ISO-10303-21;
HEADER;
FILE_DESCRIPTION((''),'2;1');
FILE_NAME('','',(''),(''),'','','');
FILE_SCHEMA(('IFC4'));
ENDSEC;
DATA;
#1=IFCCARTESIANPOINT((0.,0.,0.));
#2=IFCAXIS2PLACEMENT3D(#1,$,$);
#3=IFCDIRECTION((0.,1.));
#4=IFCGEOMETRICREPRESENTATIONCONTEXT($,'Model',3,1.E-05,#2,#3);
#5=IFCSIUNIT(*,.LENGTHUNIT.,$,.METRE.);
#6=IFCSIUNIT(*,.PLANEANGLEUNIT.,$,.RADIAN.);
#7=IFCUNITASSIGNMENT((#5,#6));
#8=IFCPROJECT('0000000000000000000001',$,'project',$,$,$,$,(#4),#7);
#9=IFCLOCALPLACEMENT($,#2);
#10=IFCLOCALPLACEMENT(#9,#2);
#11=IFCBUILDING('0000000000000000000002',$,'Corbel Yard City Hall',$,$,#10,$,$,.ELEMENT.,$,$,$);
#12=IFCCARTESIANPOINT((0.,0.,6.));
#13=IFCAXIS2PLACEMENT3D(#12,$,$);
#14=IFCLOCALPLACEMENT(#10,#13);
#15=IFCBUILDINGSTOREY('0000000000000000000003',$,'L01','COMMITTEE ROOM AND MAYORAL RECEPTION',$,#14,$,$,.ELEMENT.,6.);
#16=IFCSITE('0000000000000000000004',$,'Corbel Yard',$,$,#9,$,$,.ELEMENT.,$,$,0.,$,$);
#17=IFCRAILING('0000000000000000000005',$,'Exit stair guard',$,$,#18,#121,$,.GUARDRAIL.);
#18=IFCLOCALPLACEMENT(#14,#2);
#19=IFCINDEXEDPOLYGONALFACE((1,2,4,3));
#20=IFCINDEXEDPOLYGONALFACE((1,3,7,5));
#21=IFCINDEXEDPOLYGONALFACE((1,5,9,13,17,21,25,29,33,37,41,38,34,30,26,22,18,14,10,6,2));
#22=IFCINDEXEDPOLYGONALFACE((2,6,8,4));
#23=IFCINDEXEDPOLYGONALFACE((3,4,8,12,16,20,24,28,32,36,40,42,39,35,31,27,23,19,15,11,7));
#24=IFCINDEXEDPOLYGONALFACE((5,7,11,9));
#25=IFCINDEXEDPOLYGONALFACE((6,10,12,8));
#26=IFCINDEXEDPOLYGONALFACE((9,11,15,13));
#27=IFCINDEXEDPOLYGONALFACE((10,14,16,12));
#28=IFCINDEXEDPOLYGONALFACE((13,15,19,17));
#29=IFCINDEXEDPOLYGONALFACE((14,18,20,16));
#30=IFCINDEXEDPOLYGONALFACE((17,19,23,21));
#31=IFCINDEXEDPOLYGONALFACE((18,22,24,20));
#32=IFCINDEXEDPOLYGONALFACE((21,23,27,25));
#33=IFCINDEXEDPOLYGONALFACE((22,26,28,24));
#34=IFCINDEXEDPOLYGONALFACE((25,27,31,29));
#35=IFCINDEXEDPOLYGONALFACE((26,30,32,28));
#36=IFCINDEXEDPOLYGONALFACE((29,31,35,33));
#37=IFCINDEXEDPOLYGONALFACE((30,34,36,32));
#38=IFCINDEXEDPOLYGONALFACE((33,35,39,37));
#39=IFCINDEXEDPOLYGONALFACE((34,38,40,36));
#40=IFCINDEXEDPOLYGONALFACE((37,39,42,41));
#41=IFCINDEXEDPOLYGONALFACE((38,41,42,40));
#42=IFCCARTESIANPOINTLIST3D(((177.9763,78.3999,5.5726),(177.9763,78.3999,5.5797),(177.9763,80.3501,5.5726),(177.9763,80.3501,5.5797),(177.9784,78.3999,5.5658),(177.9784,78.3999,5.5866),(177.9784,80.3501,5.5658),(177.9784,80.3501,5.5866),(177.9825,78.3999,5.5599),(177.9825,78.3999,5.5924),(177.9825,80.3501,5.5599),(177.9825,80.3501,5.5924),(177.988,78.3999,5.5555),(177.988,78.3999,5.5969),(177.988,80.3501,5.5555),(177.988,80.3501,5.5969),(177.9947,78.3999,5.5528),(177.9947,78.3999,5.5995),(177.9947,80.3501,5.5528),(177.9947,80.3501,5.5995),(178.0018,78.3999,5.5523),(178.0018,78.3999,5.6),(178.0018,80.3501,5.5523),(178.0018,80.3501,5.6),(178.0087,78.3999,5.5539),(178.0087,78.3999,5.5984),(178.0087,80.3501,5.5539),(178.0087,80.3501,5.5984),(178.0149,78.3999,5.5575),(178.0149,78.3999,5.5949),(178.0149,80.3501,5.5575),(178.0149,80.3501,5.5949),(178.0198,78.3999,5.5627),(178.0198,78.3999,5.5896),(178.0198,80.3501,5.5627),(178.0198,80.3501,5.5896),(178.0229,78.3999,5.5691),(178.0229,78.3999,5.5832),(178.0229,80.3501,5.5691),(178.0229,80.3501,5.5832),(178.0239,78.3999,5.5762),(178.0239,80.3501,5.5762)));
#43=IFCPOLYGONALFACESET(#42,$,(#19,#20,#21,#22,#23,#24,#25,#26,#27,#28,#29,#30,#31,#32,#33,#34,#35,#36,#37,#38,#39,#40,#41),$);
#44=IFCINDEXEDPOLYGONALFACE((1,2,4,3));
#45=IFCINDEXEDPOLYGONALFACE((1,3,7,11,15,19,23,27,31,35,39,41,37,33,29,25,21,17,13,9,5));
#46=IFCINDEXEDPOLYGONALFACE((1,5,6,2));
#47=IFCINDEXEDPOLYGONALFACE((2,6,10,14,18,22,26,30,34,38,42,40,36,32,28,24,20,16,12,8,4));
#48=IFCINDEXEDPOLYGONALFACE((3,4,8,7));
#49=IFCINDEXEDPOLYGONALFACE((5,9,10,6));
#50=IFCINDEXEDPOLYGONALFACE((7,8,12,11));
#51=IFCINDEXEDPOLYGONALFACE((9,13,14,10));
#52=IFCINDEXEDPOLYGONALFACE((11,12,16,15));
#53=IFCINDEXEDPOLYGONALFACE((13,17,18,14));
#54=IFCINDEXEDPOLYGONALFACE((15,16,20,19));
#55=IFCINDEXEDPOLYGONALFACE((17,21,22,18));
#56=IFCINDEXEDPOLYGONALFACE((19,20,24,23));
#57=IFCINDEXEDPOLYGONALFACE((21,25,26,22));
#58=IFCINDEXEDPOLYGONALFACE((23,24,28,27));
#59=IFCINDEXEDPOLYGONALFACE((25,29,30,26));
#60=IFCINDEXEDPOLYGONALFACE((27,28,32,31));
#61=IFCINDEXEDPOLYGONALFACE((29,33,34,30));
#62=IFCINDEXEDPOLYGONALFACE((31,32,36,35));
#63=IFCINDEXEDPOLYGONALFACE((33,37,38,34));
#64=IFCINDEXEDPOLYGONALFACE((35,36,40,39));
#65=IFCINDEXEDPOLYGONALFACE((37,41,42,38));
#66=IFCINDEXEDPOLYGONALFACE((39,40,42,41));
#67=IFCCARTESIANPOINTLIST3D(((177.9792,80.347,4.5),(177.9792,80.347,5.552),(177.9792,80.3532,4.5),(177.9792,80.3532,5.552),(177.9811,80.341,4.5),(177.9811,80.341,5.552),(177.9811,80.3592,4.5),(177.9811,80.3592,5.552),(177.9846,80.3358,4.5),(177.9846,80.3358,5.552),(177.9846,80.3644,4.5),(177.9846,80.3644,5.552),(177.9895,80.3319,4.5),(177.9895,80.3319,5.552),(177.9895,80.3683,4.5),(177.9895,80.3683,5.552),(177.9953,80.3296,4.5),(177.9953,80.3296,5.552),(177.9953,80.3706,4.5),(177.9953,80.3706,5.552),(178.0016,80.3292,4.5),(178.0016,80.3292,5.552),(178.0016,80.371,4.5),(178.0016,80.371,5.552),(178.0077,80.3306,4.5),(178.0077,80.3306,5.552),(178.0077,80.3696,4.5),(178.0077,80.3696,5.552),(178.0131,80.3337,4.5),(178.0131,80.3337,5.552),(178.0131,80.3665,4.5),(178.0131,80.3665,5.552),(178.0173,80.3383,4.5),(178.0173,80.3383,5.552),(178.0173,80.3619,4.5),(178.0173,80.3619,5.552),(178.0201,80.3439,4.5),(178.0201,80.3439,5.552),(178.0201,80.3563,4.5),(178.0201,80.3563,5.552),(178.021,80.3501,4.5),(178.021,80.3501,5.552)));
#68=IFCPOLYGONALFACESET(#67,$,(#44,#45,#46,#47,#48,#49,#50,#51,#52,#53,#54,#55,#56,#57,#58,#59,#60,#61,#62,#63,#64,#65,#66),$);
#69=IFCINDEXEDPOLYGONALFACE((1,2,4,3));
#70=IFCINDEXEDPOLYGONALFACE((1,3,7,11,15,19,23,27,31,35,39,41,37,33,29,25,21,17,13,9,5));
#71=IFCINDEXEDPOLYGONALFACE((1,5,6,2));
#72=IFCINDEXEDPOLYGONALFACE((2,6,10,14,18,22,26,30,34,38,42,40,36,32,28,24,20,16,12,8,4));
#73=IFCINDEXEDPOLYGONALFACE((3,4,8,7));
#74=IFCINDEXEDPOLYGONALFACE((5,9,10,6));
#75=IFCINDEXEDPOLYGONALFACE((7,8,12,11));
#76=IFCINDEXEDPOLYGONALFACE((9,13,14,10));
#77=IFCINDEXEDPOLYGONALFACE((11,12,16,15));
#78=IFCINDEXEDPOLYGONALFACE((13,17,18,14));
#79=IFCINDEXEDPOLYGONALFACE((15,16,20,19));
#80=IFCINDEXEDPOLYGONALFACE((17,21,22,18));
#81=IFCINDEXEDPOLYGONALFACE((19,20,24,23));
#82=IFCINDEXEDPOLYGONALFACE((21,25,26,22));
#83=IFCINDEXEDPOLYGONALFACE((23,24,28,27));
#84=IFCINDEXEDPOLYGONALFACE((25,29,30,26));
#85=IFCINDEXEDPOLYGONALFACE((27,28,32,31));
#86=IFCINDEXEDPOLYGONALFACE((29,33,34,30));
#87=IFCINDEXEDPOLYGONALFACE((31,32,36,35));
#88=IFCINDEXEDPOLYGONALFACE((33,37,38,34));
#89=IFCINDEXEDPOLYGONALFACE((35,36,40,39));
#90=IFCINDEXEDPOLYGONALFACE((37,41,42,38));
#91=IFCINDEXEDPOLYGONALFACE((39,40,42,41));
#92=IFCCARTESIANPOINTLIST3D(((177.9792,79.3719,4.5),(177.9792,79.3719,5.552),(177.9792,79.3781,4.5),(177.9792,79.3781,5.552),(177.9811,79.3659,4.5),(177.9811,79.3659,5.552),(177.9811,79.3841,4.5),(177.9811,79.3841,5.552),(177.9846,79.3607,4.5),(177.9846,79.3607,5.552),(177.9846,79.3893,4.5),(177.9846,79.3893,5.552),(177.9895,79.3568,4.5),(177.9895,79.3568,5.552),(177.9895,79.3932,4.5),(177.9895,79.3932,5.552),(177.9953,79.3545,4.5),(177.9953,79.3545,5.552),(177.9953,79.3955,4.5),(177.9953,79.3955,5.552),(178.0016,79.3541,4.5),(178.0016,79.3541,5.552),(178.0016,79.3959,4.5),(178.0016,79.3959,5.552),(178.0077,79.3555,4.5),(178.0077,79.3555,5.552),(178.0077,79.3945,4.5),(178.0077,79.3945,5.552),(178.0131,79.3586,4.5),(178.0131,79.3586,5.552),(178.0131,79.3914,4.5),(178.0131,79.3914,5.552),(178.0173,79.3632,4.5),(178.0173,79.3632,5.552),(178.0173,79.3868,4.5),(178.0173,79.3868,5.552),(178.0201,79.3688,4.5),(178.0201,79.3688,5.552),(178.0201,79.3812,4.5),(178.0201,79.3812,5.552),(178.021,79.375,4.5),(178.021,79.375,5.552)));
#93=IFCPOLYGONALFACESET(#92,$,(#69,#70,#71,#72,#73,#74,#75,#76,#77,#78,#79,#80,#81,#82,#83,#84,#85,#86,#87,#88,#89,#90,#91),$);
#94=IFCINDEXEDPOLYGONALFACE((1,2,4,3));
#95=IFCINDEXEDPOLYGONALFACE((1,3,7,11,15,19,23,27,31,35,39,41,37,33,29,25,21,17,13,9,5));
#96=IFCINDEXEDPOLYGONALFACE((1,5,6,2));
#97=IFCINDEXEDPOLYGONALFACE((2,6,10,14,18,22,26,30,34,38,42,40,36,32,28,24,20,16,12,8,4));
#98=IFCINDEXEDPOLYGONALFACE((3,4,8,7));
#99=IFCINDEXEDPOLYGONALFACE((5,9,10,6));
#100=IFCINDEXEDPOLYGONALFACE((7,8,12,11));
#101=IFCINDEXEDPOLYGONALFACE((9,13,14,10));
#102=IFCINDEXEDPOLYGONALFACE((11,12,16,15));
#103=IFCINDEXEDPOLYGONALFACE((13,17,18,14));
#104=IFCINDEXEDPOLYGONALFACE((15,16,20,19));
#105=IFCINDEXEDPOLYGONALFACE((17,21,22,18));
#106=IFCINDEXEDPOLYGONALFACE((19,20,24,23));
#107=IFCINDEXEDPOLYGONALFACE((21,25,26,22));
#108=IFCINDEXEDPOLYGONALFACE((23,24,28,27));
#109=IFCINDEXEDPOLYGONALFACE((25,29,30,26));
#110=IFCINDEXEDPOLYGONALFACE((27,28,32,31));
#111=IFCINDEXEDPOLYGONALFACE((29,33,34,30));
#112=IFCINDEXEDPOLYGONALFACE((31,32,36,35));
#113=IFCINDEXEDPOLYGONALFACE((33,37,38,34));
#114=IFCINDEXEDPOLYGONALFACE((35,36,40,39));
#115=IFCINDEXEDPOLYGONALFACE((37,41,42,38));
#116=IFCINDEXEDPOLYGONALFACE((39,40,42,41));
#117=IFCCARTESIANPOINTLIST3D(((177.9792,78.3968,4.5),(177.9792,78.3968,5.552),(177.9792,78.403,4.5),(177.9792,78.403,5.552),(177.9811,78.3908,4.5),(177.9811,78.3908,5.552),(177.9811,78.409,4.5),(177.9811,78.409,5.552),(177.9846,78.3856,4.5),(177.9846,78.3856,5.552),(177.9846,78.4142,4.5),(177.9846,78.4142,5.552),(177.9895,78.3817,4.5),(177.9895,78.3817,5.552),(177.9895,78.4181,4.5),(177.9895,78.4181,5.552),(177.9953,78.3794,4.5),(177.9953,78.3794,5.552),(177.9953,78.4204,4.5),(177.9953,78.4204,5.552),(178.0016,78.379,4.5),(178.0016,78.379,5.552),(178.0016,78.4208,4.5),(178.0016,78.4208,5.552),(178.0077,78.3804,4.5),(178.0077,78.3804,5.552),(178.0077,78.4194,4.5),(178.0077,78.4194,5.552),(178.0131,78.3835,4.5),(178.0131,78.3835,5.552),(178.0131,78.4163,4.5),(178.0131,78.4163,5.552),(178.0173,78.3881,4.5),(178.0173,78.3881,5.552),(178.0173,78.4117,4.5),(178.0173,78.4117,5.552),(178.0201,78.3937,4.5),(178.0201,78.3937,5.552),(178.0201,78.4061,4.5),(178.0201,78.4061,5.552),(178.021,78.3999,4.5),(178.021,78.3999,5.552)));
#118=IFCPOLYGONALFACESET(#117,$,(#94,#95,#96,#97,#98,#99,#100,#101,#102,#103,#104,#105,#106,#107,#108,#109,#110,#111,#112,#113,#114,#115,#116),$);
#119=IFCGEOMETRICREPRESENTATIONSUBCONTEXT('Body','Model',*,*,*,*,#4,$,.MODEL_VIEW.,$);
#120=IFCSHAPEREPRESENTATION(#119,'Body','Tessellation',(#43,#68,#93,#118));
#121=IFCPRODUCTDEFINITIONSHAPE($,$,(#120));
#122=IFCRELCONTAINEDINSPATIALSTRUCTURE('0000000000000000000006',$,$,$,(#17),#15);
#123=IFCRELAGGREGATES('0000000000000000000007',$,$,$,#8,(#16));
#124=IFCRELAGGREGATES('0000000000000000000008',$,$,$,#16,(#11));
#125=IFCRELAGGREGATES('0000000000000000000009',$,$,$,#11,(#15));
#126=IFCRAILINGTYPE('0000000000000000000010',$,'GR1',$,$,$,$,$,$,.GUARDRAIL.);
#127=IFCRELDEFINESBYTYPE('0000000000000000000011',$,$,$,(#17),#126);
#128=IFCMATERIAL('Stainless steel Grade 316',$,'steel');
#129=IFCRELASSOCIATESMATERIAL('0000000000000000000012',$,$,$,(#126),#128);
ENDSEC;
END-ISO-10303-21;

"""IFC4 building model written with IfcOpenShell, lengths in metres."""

from ifc_helpers import new_model, si_unit, direction, frame, origin, origin_2d, place, context, subcontext, project, spatial, circle, extrude, material, type_object, element, save


model = new_model("IFC4")

# Units and contexts
model_context = context("Model", 3, precision=1e-05, world=origin(), true_north=direction((0.0, 1.0)))
body_context = subcontext(model_context, "Body", "Model", "MODEL_VIEW")
ifc_project = project(units=[si_unit("LENGTHUNIT", "METRE"), si_unit("PLANEANGLEUNIT", "RADIAN")], contexts=[model_context])

# Site, building, storey
site_placement = place(None, origin())
site = spatial("IfcSite", under=ifc_project, at=site_placement, Name="Corbel Yard", CompositionType="ELEMENT", RefElevation=0.0)
building_placement = place(site_placement, origin())
building = spatial("IfcBuilding", under=site, at=building_placement, Name="Corbel Yard City Hall", CompositionType="ELEMENT")
storey_placement = place(building_placement, frame((0.0, 0.0, 6.0)))
storey = spatial("IfcBuildingStorey", under=building, at=storey_placement, Name="L01", Description="COMMITTEE ROOM AND MAYORAL RECEPTION", CompositionType="ELEMENT", Elevation=6.0)

# Shared definitions
ifc_material_1 = material(Name="Stainless steel Grade 316", Category="steel")

# Railing
railing_type_1 = type_object("IfcRailingType", Name="GR1", PredefinedType="GUARDRAIL", material=ifc_material_1)
railing_placement = place(storey_placement, frame((178.0, 80.3501, 4.5)))
element("IfcRailing", 1, at=railing_placement, inside=storey, type_object=railing_type_1, Name="Exit stair guard", PredefinedType="GUARDRAIL", context=body_context, shape_type="SweptSolid", body=[
    extrude(circle(Radius=0.0239, at=origin_2d()), frame((0.0, 0.0, 1.0762), z_axis=(0.0, -1.0, 0.0), x_axis=(1.0, 0.0, 0.0)), (0.0, 0.0, 1.0), 1.9502),
    extrude(circle(Radius=0.021, at=origin_2d()), origin(), (0.0, 0.0, 1.0), 1.052),
    extrude(circle(Radius=0.021, at=origin_2d()), frame((0.0, -0.9751, 0.0)), (0.0, 0.0, 1.0), 1.052),
    extrude(circle(Radius=0.021, at=origin_2d()), frame((0.0, -1.9502, 0.0)), (0.0, 0.0, 1.0), 1.052),
])

save(model, "model.ifc")
